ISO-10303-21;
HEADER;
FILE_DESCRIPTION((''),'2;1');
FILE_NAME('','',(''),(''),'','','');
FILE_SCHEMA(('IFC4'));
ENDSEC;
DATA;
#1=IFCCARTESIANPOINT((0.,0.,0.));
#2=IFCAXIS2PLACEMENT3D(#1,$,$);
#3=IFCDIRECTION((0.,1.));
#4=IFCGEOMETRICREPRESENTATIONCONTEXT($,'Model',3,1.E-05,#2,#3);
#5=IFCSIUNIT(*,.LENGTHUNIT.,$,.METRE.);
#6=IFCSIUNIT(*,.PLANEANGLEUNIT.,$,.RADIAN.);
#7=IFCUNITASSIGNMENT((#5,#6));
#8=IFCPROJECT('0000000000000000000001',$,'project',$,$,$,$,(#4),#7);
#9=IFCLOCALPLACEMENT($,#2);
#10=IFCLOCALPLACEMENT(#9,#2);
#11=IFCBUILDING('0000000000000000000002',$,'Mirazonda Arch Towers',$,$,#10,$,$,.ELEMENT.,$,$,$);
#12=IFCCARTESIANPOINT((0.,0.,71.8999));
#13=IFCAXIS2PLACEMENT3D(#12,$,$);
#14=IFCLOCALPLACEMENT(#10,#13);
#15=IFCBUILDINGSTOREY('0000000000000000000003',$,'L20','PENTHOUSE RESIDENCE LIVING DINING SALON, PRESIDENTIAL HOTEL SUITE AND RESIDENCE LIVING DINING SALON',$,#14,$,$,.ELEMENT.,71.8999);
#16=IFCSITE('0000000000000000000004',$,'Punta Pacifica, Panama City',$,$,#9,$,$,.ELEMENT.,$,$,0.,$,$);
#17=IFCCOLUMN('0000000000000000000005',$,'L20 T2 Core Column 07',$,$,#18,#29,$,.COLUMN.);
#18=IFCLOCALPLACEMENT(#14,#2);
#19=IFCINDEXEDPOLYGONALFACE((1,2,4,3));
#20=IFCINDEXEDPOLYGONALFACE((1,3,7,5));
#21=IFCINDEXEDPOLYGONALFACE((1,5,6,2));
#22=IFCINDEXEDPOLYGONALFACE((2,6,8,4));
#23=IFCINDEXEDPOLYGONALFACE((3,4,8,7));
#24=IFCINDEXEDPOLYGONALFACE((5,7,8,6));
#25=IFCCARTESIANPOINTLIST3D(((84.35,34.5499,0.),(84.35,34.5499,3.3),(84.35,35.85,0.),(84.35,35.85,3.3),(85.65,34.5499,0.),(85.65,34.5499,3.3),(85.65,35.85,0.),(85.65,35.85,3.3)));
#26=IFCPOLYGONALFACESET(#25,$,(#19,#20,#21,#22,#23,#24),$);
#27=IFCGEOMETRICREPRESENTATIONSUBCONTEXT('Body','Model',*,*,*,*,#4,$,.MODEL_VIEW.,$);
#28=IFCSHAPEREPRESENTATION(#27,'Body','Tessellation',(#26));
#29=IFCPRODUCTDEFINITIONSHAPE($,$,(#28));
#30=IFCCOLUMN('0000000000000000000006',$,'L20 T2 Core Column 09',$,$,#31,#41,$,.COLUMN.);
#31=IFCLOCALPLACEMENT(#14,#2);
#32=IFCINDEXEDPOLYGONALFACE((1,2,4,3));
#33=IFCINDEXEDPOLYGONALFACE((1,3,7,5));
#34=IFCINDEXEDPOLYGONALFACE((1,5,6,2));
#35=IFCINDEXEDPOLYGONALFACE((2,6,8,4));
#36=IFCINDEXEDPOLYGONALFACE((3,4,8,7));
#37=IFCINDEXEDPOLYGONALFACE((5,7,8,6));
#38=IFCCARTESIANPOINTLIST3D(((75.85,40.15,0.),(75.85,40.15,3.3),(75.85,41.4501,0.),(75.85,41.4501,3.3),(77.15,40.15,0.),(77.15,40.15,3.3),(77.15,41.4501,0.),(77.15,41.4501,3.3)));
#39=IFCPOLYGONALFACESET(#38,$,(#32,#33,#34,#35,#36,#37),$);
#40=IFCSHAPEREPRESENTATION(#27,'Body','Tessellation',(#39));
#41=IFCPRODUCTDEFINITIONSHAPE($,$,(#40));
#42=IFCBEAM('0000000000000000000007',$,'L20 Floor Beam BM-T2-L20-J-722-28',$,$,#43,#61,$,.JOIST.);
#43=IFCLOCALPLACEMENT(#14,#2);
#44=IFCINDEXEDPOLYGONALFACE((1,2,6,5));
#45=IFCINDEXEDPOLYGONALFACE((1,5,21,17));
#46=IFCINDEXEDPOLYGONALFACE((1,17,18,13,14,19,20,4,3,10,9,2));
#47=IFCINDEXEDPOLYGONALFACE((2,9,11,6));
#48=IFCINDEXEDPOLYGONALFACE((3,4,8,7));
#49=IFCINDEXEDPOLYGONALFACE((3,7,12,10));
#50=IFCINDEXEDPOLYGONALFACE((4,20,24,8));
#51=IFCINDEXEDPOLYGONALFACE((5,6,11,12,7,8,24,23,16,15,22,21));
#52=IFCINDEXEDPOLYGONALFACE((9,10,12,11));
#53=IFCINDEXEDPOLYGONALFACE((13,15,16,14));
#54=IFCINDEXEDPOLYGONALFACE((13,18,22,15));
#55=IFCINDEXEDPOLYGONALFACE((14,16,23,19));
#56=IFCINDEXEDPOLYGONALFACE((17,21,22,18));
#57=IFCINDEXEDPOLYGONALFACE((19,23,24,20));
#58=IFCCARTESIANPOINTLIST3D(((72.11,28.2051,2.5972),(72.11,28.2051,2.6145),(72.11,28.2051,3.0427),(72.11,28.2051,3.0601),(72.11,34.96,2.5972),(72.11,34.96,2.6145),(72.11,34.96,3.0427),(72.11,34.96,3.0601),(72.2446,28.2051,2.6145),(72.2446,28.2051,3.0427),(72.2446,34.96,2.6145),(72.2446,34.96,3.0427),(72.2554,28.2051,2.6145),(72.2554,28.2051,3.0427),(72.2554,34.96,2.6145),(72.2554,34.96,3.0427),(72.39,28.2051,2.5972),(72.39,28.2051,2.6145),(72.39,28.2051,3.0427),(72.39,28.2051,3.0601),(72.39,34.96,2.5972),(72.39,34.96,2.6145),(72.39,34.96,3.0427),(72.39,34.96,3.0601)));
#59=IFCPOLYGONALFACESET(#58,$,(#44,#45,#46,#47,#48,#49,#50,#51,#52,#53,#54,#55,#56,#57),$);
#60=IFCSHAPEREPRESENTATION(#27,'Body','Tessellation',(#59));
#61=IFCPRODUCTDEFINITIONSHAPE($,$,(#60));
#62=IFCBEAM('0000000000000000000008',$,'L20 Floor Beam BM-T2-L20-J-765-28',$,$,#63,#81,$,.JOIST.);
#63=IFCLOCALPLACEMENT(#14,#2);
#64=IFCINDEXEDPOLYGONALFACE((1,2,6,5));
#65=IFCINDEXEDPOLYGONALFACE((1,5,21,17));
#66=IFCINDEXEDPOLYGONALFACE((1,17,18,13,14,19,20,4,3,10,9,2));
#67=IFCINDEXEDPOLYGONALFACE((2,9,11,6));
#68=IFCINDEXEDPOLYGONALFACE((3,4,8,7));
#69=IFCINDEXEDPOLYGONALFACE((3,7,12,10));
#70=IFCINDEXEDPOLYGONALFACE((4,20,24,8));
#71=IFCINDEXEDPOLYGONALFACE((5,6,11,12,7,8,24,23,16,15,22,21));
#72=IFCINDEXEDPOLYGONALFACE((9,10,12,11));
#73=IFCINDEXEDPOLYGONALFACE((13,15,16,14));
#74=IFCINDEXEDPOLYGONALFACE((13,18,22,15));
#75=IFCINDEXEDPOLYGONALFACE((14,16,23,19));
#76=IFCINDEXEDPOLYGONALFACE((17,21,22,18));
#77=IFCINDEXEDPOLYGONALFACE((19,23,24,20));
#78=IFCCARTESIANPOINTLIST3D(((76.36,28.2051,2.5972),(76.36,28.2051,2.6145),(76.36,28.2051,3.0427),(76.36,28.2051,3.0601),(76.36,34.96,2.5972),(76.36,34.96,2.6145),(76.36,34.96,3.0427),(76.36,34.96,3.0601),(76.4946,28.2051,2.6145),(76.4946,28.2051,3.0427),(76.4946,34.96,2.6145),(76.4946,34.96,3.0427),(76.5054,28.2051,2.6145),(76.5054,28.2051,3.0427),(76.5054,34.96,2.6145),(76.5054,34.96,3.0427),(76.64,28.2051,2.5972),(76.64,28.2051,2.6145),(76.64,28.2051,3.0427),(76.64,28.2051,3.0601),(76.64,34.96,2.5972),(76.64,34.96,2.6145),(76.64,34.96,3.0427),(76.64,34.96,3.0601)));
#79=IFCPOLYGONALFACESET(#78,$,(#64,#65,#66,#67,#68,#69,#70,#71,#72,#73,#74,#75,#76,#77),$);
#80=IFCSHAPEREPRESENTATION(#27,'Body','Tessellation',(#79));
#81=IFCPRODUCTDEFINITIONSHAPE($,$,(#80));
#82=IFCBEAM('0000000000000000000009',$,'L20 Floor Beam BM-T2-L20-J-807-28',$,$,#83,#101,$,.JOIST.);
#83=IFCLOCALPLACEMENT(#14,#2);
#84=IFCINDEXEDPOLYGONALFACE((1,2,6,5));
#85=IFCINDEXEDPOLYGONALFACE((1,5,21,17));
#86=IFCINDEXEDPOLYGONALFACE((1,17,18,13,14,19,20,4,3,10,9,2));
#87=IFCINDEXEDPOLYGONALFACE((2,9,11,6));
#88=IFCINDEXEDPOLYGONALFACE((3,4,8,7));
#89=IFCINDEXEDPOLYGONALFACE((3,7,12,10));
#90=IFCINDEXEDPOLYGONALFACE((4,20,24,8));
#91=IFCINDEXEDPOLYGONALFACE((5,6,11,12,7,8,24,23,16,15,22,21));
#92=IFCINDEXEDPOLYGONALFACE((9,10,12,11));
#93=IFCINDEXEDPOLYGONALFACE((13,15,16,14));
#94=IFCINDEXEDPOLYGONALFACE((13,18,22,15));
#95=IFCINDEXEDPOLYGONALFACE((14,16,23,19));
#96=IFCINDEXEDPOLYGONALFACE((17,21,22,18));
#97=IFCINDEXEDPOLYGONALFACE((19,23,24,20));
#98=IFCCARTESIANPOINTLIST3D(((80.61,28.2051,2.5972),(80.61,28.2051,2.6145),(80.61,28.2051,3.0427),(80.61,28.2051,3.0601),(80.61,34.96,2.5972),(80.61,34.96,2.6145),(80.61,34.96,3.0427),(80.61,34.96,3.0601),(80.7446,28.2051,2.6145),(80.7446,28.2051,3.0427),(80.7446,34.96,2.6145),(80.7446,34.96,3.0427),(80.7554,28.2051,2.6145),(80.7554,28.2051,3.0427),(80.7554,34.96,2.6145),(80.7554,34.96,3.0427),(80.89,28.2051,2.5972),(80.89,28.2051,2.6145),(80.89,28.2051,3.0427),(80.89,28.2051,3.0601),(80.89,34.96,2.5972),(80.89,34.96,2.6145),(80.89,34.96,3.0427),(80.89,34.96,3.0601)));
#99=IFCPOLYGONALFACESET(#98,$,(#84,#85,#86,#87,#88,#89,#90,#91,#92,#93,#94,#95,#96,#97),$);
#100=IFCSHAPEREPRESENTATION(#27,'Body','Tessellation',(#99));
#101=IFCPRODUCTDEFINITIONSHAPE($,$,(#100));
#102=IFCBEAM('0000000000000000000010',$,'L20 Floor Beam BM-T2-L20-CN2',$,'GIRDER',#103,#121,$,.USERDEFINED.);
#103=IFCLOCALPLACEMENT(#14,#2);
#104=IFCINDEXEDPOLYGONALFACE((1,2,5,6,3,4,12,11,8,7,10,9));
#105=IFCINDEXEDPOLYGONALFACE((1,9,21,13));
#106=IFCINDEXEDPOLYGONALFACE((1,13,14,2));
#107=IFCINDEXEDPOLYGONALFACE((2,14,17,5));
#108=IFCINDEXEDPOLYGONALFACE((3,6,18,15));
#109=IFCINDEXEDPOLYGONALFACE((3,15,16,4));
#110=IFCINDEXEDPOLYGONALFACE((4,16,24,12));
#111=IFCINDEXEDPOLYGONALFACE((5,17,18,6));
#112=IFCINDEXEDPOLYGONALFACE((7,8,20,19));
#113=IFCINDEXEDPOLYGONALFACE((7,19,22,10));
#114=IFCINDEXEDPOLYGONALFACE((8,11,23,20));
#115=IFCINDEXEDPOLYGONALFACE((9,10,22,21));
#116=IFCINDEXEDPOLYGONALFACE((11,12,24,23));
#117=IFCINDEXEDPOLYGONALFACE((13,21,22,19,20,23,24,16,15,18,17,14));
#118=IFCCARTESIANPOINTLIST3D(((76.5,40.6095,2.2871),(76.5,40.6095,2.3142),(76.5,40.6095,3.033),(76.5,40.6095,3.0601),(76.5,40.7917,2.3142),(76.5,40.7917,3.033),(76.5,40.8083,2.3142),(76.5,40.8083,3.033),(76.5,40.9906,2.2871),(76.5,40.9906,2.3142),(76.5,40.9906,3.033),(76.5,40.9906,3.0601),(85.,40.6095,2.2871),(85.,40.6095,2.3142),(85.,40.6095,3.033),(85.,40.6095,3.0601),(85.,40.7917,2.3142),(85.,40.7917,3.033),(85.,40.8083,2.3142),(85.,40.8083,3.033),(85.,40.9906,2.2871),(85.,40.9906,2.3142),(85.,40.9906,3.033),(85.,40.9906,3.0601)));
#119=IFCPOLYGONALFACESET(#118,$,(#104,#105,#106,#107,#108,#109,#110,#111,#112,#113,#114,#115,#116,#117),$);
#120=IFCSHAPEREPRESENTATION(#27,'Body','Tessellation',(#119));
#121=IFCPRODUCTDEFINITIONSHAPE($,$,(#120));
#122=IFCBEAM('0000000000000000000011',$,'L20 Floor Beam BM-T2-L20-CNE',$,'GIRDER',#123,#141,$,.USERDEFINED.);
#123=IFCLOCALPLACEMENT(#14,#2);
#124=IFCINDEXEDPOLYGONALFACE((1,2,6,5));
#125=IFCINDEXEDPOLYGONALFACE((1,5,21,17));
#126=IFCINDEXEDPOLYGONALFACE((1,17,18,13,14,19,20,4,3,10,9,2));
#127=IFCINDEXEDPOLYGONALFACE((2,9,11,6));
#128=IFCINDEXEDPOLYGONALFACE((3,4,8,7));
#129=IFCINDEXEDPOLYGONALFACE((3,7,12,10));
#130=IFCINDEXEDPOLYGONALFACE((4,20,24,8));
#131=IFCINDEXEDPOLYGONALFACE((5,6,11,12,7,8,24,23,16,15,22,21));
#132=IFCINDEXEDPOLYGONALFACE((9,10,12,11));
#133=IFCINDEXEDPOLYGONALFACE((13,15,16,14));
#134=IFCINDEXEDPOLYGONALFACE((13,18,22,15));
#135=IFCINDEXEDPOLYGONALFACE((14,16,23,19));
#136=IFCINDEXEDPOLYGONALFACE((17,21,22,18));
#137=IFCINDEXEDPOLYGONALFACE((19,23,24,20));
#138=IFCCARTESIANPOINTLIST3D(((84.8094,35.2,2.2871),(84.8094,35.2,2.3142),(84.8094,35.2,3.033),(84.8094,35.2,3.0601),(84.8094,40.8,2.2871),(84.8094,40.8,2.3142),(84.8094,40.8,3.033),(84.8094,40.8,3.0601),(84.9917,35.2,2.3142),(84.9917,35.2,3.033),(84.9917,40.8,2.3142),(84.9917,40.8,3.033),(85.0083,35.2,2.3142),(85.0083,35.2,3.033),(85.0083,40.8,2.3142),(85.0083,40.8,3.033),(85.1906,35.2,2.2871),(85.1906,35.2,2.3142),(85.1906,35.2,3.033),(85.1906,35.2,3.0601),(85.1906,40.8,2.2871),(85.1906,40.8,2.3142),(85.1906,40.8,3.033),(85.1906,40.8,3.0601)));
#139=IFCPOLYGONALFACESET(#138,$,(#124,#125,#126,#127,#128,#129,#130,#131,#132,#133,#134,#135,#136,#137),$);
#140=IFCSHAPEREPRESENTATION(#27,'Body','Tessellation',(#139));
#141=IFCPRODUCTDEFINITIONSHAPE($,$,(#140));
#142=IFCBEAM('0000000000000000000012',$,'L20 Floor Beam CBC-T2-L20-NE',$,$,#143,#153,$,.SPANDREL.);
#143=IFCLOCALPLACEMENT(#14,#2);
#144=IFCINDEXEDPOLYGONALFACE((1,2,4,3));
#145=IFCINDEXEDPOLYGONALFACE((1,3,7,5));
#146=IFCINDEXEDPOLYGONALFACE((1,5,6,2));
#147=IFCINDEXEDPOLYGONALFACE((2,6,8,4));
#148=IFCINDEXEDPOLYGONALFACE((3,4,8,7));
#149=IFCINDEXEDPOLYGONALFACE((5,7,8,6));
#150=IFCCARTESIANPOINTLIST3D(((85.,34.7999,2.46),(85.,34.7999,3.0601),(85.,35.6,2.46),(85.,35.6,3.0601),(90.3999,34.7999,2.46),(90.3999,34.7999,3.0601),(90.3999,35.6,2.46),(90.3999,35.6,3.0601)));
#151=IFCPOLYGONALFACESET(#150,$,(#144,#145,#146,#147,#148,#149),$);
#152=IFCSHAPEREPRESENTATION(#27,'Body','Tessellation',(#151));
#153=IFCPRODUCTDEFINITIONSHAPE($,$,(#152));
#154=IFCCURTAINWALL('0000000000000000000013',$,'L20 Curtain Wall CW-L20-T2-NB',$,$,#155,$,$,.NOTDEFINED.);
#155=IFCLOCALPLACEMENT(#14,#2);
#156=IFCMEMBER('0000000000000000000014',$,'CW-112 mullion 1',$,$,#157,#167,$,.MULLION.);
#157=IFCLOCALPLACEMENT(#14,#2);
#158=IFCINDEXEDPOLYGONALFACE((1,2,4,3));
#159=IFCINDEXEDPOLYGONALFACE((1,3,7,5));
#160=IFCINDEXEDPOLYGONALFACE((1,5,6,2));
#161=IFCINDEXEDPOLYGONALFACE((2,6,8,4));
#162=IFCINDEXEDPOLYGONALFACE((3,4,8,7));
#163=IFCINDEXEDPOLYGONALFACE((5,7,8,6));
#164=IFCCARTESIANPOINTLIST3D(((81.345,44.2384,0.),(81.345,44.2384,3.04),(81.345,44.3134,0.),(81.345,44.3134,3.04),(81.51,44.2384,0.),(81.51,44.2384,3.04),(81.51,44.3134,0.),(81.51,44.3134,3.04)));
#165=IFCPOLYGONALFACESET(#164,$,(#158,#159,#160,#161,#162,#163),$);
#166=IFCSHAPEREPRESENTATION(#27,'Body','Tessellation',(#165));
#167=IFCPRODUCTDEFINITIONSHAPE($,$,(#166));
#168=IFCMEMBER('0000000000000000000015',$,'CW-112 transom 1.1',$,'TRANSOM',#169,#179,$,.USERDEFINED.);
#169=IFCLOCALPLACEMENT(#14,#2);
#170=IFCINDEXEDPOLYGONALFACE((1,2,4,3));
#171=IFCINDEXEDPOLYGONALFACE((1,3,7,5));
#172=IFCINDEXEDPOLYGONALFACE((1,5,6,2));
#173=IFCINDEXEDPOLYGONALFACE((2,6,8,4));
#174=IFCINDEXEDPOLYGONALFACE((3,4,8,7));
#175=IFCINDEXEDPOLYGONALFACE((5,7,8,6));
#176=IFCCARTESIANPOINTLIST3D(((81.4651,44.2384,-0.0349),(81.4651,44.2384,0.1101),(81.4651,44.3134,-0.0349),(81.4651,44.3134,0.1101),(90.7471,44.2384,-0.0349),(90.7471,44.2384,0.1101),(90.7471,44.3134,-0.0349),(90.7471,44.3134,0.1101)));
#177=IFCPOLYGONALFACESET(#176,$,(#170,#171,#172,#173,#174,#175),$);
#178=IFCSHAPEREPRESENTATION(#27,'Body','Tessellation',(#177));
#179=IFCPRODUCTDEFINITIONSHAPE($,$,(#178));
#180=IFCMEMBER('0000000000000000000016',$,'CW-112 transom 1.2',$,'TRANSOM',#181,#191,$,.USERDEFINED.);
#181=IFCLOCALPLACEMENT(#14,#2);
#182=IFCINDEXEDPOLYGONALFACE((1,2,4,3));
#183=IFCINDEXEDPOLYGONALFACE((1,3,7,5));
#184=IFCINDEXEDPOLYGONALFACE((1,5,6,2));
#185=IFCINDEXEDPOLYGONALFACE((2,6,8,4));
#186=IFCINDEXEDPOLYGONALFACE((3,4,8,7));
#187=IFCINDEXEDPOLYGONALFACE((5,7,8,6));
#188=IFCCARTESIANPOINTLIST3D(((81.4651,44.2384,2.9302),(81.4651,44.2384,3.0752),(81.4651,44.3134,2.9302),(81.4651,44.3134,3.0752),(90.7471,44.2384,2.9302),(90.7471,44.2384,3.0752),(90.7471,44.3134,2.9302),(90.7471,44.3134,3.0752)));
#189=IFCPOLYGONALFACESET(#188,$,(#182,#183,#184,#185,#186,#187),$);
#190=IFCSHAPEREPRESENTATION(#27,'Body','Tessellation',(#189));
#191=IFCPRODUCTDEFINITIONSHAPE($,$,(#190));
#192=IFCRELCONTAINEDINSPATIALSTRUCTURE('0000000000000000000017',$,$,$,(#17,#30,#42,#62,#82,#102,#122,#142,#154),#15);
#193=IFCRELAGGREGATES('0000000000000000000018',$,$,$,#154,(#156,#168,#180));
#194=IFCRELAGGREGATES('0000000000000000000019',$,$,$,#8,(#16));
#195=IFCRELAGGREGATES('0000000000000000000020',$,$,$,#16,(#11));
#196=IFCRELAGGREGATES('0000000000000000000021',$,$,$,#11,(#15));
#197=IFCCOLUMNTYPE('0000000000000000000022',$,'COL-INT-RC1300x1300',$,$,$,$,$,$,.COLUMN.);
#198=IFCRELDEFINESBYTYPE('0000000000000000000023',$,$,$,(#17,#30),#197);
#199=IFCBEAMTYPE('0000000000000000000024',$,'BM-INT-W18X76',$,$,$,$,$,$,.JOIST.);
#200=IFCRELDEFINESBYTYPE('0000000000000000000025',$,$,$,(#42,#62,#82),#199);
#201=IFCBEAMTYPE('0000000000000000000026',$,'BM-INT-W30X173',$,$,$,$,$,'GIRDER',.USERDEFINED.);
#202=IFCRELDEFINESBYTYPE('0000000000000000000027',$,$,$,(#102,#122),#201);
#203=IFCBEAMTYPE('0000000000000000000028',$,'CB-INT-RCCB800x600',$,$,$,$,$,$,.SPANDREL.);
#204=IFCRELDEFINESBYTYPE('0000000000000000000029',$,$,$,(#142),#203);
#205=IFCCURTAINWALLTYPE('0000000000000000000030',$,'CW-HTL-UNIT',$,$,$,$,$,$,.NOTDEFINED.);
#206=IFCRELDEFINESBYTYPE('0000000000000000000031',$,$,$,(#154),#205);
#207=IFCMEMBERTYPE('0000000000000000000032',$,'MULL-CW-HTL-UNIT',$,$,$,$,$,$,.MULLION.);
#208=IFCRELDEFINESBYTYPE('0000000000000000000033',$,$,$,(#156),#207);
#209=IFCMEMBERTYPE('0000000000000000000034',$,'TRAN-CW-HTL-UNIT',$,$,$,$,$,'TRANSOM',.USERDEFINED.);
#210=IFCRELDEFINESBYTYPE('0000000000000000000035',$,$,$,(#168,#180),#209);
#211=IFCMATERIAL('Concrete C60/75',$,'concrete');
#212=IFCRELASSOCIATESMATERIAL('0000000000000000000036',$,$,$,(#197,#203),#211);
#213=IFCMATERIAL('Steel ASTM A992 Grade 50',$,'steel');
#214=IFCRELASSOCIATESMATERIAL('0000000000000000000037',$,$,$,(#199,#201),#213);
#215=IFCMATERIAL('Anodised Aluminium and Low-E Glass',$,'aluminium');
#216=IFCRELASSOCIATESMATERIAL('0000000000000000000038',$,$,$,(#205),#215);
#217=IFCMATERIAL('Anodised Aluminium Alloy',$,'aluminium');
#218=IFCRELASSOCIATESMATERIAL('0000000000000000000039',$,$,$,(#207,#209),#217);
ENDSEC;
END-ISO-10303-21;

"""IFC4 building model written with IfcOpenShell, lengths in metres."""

from ifc_helpers import new_model, si_unit, direction, frame, origin, origin_2d, place, context, subcontext, project, spatial, rectangle, i_section, extrude, material, material_profile, profile_set, type_object, element, aggregate, save


model = new_model("IFC4")

# Units and contexts
model_context = context("Model", 3, precision=1e-05, world=origin(), true_north=direction((0.0, 1.0)))
body_context = subcontext(model_context, "Body", "Model", "MODEL_VIEW")
ifc_project = project(units=[si_unit("LENGTHUNIT", "METRE"), si_unit("PLANEANGLEUNIT", "RADIAN")], contexts=[model_context])

# Site, building, storey
site_placement = place(None, origin())
site = spatial("IfcSite", under=ifc_project, at=site_placement, Name="Punta Pacifica, Panama City", CompositionType="ELEMENT", RefElevation=0.0)
building_placement = place(site_placement, origin())
building = spatial("IfcBuilding", under=site, at=building_placement, Name="Mirazonda Arch Towers", CompositionType="ELEMENT")
storey_placement = place(building_placement, frame((0.0, 0.0, 71.8999)))
storey = spatial("IfcBuildingStorey", under=building, at=storey_placement, Name="L20", Description="PENTHOUSE RESIDENCE LIVING DINING SALON, PRESIDENTIAL HOTEL SUITE AND RESIDENCE LIVING DINING SALON", CompositionType="ELEMENT", Elevation=71.8999)

# Columns
ifc_material_1 = material(Name="Concrete C60/75", Category="concrete")
ifc_material_profile_1 = material_profile(ifc_material_1, rectangle(XDim=1.3, YDim=1.3, at=origin_2d()), Name="RC1300x1300")
ifc_profile_set_1 = profile_set([ifc_material_profile_1], Name="Concrete C60/75")
column_type = type_object("IfcColumnType", Name="COL-INT-RC1300x1300", PredefinedType="COLUMN", material=ifc_profile_set_1)
for number, where, z_axis, x_axis, name in (
    (1, (85.0, 35.2, 0.0), (0.0, 0.0, 1.0), (1.0, 0.0, 0.0), "L20 T2 Core Column 07"),
    (2, (76.5, 40.8, 0.0), (0.0, 0.0, 1.0), (1.0, 0.0, 0.0), "L20 T2 Core Column 09"),
):
    element("IfcColumn", number, at=place(storey_placement, frame(where, z_axis=z_axis, x_axis=x_axis)), inside=storey, type_object=column_type, Name=name, PredefinedType="COLUMN", context=body_context, shape_type="SweptSolid", body=[
        extrude(rectangle(XDim=1.3, YDim=1.3, at=origin_2d()), origin(), (0.0, 0.0, 1.0), 3.3),
    ])

# Beams
ifc_material_2 = material(Name="Steel ASTM A992 Grade 50", Category="steel")
ifc_material_profile_2 = material_profile(ifc_material_2, i_section(OverallWidth=0.28, OverallDepth=0.4629, WebThickness=0.0107, FlangeThickness=0.0173, at=origin_2d()), Name="W18X76")
ifc_profile_set_2 = profile_set([ifc_material_profile_2], Name="Steel ASTM A992 Grade 50")
beam_type_1 = type_object("IfcBeamType", Name="BM-INT-W18X76", PredefinedType="JOIST", material=ifc_profile_set_2)
for number, where, z_axis, x_axis, name in (
    (3, (72.25, 28.2051, 2.8286), (0.0, 1.0, 0.0), (-1.0, 0.0, 0.0), "L20 Floor Beam BM-T2-L20-J-722-28"),
    (4, (76.5, 28.2051, 2.8286), (0.0, 1.0, 0.0), (-1.0, 0.0, 0.0), "L20 Floor Beam BM-T2-L20-J-765-28"),
    (5, (80.75, 28.2051, 2.8286), (0.0, 1.0, 0.0), (-1.0, 0.0, 0.0), "L20 Floor Beam BM-T2-L20-J-807-28"),
):
    element("IfcBeam", number, at=place(storey_placement, frame(where, z_axis=z_axis, x_axis=x_axis)), inside=storey, type_object=beam_type_1, Name=name, PredefinedType="JOIST", context=body_context, shape_type="SweptSolid", body=[
        extrude(i_section(OverallWidth=0.28, OverallDepth=0.4629, WebThickness=0.0107, FlangeThickness=0.0173, at=origin_2d()), origin(), (0.0, 0.0, 1.0), 6.7549),
    ])
ifc_material_profile_3 = material_profile(ifc_material_2, i_section(OverallWidth=0.3811, OverallDepth=0.7729, WebThickness=0.0166, FlangeThickness=0.0271, at=origin_2d()), Name="W30X173")
ifc_profile_set_3 = profile_set([ifc_material_profile_3], Name="Steel ASTM A992 Grade 50")
beam_type_2 = type_object("IfcBeamType", Name="BM-INT-W30X173", ElementType="GIRDER", PredefinedType="USERDEFINED", material=ifc_profile_set_3)
beam_1_placement = place(storey_placement, frame((76.5, 40.8, 2.6736), z_axis=(1.0, 0.0, 0.0), x_axis=(0.0, 1.0, 0.0)))
element("IfcBeam", 6, at=beam_1_placement, inside=storey, type_object=beam_type_2, Name="L20 Floor Beam BM-T2-L20-CN2", ObjectType="GIRDER", PredefinedType="USERDEFINED", context=body_context, shape_type="SweptSolid", body=[
    extrude(i_section(OverallWidth=0.3811, OverallDepth=0.7729, WebThickness=0.0166, FlangeThickness=0.0271, at=origin_2d()), origin(), (0.0, 0.0, 1.0), 8.5),
])
beam_2_placement = place(storey_placement, frame((85.0, 35.2, 2.6736), z_axis=(0.0, 1.0, 0.0), x_axis=(-1.0, 0.0, 0.0)))
element("IfcBeam", 7, at=beam_2_placement, inside=storey, type_object=beam_type_2, Name="L20 Floor Beam BM-T2-L20-CNE", ObjectType="GIRDER", PredefinedType="USERDEFINED", context=body_context, shape_type="SweptSolid", body=[
    extrude(i_section(OverallWidth=0.3811, OverallDepth=0.7729, WebThickness=0.0166, FlangeThickness=0.0271, at=origin_2d()), origin(), (0.0, 0.0, 1.0), 5.6001),
])
ifc_material_profile_4 = material_profile(ifc_material_1, rectangle(XDim=0.8, YDim=0.6001, at=origin_2d()), Name="RCCB800x600")
ifc_profile_set_4 = profile_set([ifc_material_profile_4], Name="Concrete C60/75")
beam_type_3 = type_object("IfcBeamType", Name="CB-INT-RCCB800x600", PredefinedType="SPANDREL", material=ifc_profile_set_4)
beam_3_placement = place(storey_placement, frame((85.0, 35.2, 2.76), z_axis=(1.0, 0.0, 0.0), x_axis=(0.0, 1.0, 0.0)))
element("IfcBeam", 8, at=beam_3_placement, inside=storey, type_object=beam_type_3, Name="L20 Floor Beam CBC-T2-L20-NE", PredefinedType="SPANDREL", context=body_context, shape_type="SweptSolid", body=[
    extrude(rectangle(XDim=0.8, YDim=0.6001, at=origin_2d()), origin(), (0.0, 0.0, 1.0), 5.3999),
])

# Curtain wall, members
ifc_material_3 = material(Name="Anodised Aluminium and Low-E Glass", Category="aluminium")
curtain_wall_type = type_object("IfcCurtainWallType", Name="CW-HTL-UNIT", PredefinedType="NOTDEFINED", material=ifc_material_3)
curtain_wall_placement = place(storey_placement, origin())
curtain_wall = element("IfcCurtainWall", 9, at=curtain_wall_placement, inside=storey, type_object=curtain_wall_type, Name="L20 Curtain Wall CW-L20-T2-NB", PredefinedType="NOTDEFINED")
ifc_material_4 = material(Name="Anodised Aluminium Alloy", Category="aluminium")
ifc_material_profile_5 = material_profile(ifc_material_4, rectangle(XDim=0.075, YDim=0.165, at=origin_2d()), Name="ALU-MULL-75x165")
ifc_profile_set_5 = profile_set([ifc_material_profile_5], Name="Anodised Aluminium Alloy")
member_type_1 = type_object("IfcMemberType", Name="MULL-CW-HTL-UNIT", PredefinedType="MULLION", material=ifc_profile_set_5)
member_1_placement = place(storey_placement, frame((81.4275, 44.2759, 0.0), z_axis=(0.0, 0.0, 1.0), x_axis=(0.0, 1.0, 0.0)))
member_1 = element("IfcMember", 10, at=member_1_placement, type_object=member_type_1, Name="CW-112 mullion 1", PredefinedType="MULLION", context=body_context, shape_type="SweptSolid", body=[
    extrude(rectangle(XDim=0.075, YDim=0.165, at=origin_2d()), origin(), (0.0, 0.0, 1.0), 3.04),
])
ifc_material_profile_6 = material_profile(ifc_material_4, rectangle(XDim=0.075, YDim=0.145, at=origin_2d()), Name="ALU-TRAN-75x145")
ifc_profile_set_6 = profile_set([ifc_material_profile_6], Name="Anodised Aluminium Alloy")
member_type_2 = type_object("IfcMemberType", Name="TRAN-CW-HTL-UNIT", ElementType="TRANSOM", PredefinedType="USERDEFINED", material=ifc_profile_set_6)
member_2_placement = place(storey_placement, frame((81.4651, 44.2759, 0.0376), z_axis=(1.0, 0.0, 0.0), x_axis=(0.0, 1.0, 0.0)))
member_2 = element("IfcMember", 11, at=member_2_placement, type_object=member_type_2, Name="CW-112 transom 1.1", ObjectType="TRANSOM", PredefinedType="USERDEFINED", context=body_context, shape_type="SweptSolid", body=[
    extrude(rectangle(XDim=0.075, YDim=0.145, at=origin_2d()), origin(), (0.0, 0.0, 1.0), 9.282),
])
member_3_placement = place(storey_placement, frame((81.4651, 44.2759, 3.0027), z_axis=(1.0, 0.0, 0.0), x_axis=(0.0, 1.0, 0.0)))
member_3 = element("IfcMember", 12, at=member_3_placement, type_object=member_type_2, Name="CW-112 transom 1.2", ObjectType="TRANSOM", PredefinedType="USERDEFINED", context=body_context, shape_type="SweptSolid", body=[
    extrude(rectangle(XDim=0.075, YDim=0.145, at=origin_2d()), origin(), (0.0, 0.0, 1.0), 9.282),
])
aggregate(curtain_wall, [member_1, member_2, member_3])

save(model, "model.ifc")
